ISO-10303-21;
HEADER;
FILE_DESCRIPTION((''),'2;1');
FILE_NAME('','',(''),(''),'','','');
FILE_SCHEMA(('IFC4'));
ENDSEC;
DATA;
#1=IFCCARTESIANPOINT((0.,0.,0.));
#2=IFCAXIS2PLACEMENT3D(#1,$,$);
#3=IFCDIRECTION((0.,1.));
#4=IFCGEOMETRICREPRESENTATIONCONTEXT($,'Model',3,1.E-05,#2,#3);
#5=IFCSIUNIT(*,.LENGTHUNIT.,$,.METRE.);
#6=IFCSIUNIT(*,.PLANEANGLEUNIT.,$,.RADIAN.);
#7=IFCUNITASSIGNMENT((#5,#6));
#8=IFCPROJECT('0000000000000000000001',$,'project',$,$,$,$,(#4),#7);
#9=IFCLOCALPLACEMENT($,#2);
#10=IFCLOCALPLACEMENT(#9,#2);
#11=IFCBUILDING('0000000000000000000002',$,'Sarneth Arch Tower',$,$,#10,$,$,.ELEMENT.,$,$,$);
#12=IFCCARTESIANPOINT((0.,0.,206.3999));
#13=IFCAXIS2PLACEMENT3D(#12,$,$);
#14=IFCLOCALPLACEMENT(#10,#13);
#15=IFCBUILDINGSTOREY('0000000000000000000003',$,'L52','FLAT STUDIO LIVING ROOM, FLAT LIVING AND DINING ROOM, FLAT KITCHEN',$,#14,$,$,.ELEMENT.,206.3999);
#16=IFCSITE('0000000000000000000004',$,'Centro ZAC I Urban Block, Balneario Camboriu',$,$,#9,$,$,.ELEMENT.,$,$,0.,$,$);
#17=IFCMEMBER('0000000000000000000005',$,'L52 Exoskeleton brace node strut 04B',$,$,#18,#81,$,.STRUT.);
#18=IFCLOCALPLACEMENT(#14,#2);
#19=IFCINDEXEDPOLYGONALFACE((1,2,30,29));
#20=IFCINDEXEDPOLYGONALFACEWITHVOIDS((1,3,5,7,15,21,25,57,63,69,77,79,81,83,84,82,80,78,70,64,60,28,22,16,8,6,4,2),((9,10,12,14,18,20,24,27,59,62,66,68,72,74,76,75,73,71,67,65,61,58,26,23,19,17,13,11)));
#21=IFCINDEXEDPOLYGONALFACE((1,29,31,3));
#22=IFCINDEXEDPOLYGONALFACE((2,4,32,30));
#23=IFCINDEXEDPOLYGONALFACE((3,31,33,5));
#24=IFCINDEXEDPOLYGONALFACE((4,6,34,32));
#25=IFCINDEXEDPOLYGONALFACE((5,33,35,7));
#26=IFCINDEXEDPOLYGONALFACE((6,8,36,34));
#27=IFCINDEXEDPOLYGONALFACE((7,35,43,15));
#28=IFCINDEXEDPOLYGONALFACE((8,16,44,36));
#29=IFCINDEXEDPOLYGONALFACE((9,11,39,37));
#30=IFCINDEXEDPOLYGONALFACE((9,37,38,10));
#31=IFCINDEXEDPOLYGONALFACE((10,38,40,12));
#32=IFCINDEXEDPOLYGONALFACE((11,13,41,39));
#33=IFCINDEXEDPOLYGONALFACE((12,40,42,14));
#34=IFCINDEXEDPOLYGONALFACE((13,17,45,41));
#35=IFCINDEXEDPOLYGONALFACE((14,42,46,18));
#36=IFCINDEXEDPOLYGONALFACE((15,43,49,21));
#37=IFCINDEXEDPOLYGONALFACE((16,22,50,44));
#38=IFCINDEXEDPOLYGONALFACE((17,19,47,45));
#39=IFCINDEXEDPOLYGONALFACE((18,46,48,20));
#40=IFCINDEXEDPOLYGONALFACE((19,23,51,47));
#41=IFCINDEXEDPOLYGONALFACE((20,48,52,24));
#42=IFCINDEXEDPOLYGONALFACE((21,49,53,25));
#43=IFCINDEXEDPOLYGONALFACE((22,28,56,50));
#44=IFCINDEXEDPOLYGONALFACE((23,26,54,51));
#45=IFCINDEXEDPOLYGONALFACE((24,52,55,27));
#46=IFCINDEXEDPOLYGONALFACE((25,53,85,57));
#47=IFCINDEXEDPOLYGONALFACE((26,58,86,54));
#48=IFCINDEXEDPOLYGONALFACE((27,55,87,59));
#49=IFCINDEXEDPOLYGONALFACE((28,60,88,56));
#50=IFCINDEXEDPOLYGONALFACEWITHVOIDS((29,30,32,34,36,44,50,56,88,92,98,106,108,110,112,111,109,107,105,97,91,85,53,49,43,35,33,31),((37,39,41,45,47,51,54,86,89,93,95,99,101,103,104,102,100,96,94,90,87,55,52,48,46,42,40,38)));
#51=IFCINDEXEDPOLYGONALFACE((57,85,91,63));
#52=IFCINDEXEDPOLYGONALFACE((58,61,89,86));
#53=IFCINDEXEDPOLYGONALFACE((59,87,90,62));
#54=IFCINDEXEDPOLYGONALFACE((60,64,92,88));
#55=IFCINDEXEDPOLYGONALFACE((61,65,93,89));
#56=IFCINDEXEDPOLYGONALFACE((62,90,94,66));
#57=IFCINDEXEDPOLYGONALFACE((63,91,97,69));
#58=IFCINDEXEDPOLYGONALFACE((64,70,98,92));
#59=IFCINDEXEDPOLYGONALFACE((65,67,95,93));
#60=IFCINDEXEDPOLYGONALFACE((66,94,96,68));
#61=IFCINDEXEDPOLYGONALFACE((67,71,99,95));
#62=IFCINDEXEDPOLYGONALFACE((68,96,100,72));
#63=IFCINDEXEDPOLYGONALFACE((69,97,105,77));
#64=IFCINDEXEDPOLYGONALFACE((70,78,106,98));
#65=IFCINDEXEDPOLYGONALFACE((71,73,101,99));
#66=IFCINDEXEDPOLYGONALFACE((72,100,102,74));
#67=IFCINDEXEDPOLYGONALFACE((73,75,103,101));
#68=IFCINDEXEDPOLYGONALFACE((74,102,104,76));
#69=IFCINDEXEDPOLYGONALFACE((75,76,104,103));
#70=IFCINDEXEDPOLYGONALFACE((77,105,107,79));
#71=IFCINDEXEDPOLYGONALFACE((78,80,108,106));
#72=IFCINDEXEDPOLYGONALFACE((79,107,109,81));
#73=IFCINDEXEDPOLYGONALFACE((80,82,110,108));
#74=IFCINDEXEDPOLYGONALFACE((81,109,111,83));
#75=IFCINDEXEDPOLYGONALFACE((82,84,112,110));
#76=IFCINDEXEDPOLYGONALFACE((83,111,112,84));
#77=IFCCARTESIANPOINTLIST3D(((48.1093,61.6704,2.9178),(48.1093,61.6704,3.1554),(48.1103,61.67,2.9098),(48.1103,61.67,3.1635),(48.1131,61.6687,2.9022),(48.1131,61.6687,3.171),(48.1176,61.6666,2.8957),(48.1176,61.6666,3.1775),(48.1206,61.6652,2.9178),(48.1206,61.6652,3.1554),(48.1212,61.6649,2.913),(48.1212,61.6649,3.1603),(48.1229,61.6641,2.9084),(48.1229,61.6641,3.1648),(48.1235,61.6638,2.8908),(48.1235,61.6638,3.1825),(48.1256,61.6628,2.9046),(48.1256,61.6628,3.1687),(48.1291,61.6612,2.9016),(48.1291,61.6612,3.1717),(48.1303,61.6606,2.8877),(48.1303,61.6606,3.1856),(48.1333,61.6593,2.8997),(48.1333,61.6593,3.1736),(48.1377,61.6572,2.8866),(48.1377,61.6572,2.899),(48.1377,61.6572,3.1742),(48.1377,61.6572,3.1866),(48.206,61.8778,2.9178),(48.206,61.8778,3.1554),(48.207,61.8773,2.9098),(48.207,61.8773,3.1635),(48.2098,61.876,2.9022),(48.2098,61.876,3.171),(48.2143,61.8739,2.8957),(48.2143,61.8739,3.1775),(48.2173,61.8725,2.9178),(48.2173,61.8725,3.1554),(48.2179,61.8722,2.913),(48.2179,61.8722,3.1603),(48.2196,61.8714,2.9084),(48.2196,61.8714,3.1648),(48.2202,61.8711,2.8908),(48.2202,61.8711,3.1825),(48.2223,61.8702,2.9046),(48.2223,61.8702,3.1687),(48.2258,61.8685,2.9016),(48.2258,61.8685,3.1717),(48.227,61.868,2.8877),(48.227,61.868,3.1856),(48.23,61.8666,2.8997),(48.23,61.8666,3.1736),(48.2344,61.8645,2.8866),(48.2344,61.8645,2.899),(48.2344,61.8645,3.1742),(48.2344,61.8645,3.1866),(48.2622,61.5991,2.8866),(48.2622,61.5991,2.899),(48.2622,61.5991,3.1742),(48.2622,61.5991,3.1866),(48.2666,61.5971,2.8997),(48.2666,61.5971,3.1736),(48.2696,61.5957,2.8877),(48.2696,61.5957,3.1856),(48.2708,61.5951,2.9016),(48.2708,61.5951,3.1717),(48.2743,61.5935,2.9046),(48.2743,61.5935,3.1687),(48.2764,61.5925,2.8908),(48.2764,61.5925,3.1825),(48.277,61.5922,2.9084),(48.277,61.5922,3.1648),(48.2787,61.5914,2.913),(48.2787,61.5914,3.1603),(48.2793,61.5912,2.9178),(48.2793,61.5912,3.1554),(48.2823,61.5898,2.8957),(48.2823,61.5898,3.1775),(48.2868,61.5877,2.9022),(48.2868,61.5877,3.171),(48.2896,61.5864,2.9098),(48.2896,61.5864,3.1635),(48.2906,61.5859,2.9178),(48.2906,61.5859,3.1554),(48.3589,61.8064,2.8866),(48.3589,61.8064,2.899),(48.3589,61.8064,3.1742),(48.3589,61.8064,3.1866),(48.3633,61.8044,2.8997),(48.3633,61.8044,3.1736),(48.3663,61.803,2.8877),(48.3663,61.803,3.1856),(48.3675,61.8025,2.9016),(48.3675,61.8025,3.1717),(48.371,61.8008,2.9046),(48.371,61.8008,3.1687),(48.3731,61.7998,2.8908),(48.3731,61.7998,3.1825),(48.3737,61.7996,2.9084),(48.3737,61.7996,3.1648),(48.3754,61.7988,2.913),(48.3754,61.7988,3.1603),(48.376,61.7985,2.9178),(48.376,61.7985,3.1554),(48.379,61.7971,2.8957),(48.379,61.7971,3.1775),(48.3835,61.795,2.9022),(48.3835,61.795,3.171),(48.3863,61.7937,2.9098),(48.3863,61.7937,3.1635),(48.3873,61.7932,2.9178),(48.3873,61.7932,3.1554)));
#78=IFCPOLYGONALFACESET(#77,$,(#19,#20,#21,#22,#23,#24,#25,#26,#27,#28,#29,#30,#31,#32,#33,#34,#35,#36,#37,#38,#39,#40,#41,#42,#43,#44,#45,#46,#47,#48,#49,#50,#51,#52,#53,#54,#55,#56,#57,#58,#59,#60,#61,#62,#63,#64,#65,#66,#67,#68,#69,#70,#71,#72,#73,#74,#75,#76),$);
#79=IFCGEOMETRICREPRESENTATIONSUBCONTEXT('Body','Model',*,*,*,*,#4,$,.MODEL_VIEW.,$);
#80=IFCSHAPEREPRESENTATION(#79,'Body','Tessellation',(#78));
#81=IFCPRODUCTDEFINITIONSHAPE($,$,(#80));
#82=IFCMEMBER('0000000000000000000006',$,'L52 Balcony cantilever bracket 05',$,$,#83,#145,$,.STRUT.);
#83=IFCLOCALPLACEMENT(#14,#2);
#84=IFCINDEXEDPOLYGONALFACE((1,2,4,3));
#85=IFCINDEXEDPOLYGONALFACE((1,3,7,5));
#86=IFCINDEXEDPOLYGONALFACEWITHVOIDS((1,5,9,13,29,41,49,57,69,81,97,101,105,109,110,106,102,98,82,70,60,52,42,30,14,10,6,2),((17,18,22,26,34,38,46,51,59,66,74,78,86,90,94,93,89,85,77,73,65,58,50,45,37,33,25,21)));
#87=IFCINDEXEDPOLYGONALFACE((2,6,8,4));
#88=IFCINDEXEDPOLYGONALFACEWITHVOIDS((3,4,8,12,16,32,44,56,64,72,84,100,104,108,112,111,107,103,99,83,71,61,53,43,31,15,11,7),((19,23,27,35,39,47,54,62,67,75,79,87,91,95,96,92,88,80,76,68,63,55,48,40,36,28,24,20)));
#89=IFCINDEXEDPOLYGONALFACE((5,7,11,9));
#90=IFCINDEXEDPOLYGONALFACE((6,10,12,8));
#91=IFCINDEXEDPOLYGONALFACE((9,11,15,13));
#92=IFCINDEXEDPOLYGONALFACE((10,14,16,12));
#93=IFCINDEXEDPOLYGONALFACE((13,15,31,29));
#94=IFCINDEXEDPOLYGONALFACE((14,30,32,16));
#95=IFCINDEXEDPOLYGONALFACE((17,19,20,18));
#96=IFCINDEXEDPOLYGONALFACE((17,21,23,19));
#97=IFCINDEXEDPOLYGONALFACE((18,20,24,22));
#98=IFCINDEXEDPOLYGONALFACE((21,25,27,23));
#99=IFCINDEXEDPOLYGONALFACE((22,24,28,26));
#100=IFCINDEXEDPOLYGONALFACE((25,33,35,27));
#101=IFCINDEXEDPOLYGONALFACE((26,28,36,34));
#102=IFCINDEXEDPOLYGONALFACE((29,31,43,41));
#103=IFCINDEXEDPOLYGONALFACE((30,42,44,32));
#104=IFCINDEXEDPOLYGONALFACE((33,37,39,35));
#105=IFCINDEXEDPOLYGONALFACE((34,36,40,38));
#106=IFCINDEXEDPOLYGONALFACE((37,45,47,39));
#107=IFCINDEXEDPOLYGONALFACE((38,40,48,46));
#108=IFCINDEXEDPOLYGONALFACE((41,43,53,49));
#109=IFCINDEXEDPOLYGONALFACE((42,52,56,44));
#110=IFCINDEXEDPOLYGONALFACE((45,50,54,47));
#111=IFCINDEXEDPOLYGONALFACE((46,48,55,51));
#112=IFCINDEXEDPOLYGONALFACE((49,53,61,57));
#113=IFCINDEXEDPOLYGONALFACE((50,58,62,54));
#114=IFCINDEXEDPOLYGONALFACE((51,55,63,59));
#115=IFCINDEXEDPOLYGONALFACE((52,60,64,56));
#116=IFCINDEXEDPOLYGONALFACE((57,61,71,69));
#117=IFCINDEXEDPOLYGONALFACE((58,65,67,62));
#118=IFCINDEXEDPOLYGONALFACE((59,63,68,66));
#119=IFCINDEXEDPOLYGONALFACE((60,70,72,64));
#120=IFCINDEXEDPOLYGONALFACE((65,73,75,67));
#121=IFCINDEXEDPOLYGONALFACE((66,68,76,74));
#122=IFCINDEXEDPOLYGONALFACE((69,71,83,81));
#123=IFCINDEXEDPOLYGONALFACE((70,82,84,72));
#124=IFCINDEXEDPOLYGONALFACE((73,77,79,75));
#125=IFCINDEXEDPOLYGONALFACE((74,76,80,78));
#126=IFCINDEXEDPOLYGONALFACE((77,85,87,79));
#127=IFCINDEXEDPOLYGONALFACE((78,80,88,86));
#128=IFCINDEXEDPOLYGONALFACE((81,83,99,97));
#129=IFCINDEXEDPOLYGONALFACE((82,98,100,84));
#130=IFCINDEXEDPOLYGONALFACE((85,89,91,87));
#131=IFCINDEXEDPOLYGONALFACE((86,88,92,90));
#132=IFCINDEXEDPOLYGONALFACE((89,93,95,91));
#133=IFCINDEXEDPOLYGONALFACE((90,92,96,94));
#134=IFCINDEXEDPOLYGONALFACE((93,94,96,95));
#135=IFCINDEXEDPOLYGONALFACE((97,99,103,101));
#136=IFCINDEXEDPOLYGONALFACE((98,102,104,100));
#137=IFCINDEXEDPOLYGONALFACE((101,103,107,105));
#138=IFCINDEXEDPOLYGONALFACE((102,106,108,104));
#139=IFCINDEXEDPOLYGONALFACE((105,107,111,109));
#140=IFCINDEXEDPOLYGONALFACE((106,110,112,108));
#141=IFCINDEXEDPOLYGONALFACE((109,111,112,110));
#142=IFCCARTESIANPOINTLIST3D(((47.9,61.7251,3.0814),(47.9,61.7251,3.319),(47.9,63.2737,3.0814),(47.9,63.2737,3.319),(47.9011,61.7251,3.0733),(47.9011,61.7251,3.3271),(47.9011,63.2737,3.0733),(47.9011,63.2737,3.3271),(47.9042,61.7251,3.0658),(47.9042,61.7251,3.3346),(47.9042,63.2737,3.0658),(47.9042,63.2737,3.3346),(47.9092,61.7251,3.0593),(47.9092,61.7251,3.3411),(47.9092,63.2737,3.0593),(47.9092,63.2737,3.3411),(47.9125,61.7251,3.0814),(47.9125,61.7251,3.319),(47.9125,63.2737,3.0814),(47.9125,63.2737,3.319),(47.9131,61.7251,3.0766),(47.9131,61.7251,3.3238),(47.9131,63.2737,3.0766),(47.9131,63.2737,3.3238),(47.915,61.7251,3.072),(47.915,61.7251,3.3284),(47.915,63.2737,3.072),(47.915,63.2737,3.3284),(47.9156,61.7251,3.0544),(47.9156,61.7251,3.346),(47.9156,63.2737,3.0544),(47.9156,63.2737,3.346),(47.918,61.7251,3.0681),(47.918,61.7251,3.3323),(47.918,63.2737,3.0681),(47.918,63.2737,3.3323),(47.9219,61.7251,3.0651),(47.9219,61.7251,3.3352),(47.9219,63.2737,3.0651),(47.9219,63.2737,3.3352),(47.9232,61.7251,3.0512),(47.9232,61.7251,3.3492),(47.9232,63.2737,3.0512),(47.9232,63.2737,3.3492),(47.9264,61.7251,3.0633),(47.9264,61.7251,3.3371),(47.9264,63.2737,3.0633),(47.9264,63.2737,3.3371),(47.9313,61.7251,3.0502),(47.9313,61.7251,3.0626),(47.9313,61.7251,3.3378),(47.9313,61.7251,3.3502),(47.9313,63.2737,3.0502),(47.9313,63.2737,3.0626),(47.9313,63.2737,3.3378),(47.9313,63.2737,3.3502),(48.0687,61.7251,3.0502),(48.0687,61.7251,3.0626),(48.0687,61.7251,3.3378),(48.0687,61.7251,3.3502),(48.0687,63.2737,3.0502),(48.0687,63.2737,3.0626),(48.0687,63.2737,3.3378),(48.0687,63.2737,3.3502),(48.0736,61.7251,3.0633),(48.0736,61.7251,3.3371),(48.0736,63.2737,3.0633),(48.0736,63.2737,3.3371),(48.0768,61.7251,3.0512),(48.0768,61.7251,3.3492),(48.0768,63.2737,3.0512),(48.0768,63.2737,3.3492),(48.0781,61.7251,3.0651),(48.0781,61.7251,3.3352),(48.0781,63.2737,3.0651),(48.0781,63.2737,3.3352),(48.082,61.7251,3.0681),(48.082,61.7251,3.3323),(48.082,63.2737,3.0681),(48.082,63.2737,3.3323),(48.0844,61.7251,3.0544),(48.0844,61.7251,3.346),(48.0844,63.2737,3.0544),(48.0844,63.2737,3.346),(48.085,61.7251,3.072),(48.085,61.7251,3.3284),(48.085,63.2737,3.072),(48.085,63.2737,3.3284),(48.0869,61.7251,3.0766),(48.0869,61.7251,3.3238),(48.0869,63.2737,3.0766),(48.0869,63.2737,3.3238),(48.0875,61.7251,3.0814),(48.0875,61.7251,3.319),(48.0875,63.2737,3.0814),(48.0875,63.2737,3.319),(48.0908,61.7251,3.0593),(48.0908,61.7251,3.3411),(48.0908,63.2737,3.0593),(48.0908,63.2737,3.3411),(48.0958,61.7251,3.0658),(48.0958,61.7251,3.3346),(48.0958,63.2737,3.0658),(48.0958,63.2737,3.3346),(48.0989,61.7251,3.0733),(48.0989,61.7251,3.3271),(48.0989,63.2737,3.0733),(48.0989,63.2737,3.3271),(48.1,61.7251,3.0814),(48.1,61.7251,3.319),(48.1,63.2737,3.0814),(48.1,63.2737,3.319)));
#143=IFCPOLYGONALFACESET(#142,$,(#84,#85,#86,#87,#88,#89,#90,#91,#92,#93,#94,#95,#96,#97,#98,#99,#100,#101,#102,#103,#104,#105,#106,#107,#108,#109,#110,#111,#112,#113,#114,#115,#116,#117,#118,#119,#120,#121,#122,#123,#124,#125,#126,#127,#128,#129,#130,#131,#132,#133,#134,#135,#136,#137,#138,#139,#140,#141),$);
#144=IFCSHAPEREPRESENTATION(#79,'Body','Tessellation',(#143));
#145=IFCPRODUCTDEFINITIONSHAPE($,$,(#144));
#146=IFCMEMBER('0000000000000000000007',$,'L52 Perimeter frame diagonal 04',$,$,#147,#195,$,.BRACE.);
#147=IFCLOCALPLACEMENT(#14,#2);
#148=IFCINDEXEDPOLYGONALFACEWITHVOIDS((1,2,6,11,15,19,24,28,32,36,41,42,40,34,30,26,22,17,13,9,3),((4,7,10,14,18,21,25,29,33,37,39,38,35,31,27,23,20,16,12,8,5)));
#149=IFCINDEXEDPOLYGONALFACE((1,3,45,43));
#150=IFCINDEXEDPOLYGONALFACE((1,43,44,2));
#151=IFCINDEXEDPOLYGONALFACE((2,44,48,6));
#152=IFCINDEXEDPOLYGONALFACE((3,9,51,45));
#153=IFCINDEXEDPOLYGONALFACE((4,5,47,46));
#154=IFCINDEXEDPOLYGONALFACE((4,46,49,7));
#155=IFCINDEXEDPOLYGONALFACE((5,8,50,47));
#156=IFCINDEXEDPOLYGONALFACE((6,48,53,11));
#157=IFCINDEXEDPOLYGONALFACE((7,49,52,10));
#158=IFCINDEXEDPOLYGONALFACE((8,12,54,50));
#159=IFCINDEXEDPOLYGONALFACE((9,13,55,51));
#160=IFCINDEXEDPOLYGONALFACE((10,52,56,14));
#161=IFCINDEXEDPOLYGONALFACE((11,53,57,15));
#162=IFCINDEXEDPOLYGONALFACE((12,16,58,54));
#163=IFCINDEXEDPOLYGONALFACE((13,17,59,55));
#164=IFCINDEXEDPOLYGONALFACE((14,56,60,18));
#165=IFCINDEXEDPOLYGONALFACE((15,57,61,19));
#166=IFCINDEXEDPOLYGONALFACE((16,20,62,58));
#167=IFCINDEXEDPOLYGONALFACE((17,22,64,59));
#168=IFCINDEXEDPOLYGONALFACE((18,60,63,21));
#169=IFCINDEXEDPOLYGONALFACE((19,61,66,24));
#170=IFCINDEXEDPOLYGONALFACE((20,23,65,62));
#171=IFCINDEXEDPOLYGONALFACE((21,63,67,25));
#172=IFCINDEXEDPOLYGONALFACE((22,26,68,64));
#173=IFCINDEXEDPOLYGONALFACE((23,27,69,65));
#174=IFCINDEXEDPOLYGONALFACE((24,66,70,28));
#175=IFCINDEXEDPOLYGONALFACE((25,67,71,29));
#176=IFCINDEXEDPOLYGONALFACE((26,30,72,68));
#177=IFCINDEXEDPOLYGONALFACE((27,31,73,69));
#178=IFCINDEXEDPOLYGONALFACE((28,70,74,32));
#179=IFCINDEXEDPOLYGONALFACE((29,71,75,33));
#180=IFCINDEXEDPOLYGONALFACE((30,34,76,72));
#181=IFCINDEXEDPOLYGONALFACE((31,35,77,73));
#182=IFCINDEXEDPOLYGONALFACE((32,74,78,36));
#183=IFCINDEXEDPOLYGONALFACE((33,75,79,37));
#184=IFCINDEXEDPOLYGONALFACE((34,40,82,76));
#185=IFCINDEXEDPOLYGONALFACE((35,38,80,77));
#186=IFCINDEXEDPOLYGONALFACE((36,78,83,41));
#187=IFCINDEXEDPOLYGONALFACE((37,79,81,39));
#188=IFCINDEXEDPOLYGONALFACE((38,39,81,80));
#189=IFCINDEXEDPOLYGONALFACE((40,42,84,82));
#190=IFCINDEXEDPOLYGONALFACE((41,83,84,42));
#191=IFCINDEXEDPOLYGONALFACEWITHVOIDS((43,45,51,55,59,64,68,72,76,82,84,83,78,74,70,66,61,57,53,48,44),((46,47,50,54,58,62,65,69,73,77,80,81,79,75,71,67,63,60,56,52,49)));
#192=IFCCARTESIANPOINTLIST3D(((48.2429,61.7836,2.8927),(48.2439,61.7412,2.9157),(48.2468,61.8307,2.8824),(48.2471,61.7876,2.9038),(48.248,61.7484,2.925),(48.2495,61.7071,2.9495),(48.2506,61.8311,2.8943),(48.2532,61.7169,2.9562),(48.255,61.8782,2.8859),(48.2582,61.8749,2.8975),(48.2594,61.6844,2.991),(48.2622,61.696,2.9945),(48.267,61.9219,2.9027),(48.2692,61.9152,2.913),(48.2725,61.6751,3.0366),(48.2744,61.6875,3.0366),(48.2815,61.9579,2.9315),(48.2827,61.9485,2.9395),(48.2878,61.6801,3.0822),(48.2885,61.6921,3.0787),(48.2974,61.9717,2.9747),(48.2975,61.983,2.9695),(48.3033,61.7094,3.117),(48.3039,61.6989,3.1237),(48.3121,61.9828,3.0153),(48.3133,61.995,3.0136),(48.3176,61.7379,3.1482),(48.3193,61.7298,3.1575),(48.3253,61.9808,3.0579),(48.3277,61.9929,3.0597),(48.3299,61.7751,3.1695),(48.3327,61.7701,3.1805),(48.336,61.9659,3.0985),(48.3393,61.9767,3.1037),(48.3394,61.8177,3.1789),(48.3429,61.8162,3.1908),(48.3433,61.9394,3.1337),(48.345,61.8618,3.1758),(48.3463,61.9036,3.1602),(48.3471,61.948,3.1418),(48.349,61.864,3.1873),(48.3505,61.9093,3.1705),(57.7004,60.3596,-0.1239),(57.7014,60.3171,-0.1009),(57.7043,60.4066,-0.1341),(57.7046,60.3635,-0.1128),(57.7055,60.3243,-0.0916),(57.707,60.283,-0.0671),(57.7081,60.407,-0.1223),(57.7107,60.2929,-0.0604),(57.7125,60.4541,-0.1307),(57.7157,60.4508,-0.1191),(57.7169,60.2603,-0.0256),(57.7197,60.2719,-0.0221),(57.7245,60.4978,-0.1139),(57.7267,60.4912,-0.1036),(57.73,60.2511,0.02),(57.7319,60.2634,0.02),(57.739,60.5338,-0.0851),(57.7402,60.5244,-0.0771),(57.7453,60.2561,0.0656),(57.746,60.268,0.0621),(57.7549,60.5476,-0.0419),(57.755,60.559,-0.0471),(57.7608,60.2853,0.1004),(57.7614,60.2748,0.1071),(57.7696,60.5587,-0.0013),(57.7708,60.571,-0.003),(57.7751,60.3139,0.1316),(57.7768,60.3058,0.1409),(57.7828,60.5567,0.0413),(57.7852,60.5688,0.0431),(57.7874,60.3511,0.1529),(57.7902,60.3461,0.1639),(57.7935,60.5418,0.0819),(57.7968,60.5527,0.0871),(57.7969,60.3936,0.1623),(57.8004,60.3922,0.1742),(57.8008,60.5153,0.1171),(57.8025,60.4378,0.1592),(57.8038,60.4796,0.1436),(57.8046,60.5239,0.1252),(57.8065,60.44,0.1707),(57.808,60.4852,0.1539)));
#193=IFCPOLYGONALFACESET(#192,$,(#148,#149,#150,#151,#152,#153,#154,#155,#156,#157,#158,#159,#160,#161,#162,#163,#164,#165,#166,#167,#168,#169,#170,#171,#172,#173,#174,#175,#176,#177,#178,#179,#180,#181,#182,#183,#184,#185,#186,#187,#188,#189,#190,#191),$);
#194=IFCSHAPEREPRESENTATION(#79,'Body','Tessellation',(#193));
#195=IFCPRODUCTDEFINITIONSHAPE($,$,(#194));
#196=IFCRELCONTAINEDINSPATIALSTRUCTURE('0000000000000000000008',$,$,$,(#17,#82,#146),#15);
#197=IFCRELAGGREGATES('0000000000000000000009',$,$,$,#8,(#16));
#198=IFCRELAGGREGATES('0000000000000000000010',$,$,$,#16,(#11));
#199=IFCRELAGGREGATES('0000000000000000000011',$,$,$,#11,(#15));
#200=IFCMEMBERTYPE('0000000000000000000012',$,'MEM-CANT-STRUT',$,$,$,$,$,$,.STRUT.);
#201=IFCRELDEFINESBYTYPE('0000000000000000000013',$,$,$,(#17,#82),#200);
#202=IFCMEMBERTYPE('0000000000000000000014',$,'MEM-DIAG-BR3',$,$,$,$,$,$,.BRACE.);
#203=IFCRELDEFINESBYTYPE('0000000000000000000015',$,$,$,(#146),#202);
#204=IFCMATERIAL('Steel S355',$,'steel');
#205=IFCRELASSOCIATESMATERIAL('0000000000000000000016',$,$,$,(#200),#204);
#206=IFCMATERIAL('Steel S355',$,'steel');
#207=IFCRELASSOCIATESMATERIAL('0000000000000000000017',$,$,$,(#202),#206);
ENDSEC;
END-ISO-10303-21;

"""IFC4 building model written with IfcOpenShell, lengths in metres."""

from ifc_helpers import new_model, si_unit, direction, frame, origin, origin_2d, place, context, subcontext, project, spatial, hollow_rectangle, hollow_circle, extrude, material, material_profile, profile_set, type_object, element, save


model = new_model("IFC4")

# Units and contexts
model_context = context("Model", 3, precision=1e-05, world=origin(), true_north=direction((0.0, 1.0)))
body_context = subcontext(model_context, "Body", "Model", "MODEL_VIEW")
ifc_project = project(units=[si_unit("LENGTHUNIT", "METRE"), si_unit("PLANEANGLEUNIT", "RADIAN")], contexts=[model_context])

# Site, building, storey
site_placement = place(None, origin())
site = spatial("IfcSite", under=ifc_project, at=site_placement, Name="Centro ZAC I Urban Block, Balneario Camboriu", CompositionType="ELEMENT", RefElevation=0.0)
building_placement = place(site_placement, origin())
building = spatial("IfcBuilding", under=site, at=building_placement, Name="Sarneth Arch Tower", CompositionType="ELEMENT")
storey_placement = place(building_placement, frame((0.0, 0.0, 206.3999)))
storey = spatial("IfcBuildingStorey", under=building, at=storey_placement, Name="L52", Description="FLAT STUDIO LIVING ROOM, FLAT LIVING AND DINING ROOM, FLAT KITCHEN", CompositionType="ELEMENT", Elevation=206.3999)

# Members
ifc_material_1 = material(Name="Steel S355", Category="steel")
ifc_material_profile_1 = material_profile(ifc_material_1, hollow_rectangle(XDim=0.2, YDim=0.3, WallThickness=0.0125, InnerFilletRadius=0.0188, OuterFilletRadius=0.0312, at=origin_2d()), Name="RHS300x200x12.5")
ifc_profile_set_1 = profile_set([ifc_material_profile_1], Name="Steel S355")
member_type_1 = type_object("IfcMemberType", Name="MEM-CANT-STRUT", PredefinedType="STRUT", material=ifc_profile_set_1)
member_1_placement = place(storey_placement, frame((48.2, 61.6282, 3.0366), z_axis=(0.42271, 0.906265, 0.0), x_axis=(-0.906265, 0.42271, 0.0)))
element("IfcMember", 1, at=member_1_placement, inside=storey, type_object=member_type_1, Name="L52 Exoskeleton brace node strut 04B", PredefinedType="STRUT", context=body_context, shape_type="SweptSolid", body=[
    extrude(hollow_rectangle(XDim=0.2, YDim=0.3, WallThickness=0.0125, InnerFilletRadius=0.0188, OuterFilletRadius=0.0312, at=origin_2d()), origin(), (0.0, 0.0, 1.0), 0.2288),
])
member_2_placement = place(storey_placement, frame((48.0, 61.7251, 3.2002), z_axis=(0.0, 1.0, 0.0), x_axis=(-1.0, 0.0, 0.0)))
element("IfcMember", 2, at=member_2_placement, inside=storey, type_object=member_type_1, Name="L52 Balcony cantilever bracket 05", PredefinedType="STRUT", context=body_context, shape_type="SweptSolid", body=[
    extrude(hollow_rectangle(XDim=0.2, YDim=0.3, WallThickness=0.0125, InnerFilletRadius=0.0188, OuterFilletRadius=0.0312, at=origin_2d()), origin(), (0.0, 0.0, 1.0), 1.5486),
])
ifc_material_2 = material(Name="Steel S355", Category="steel")
ifc_material_profile_2 = material_profile(ifc_material_2, hollow_circle(Radius=0.1621, WallThickness=0.0125, at=origin_2d()), Name="CHS324x12.5")
ifc_profile_set_2 = profile_set([ifc_material_profile_2], Name="Steel S355")
member_type_2 = type_object("IfcMemberType", Name="MEM-DIAG-BR3", PredefinedType="BRACE", material=ifc_profile_set_2)
member_3_placement = place(storey_placement, frame((57.7542, 60.4114, 0.02), z_axis=(-0.943056, 0.142001, 0.3008), x_axis=(-0.148897, -0.988853, 0.0)))
element("IfcMember", 3, at=member_3_placement, inside=storey, type_object=member_type_2, Name="L52 Perimeter frame diagonal 04", PredefinedType="BRACE", context=body_context, shape_type="SweptSolid", body=[
    extrude(hollow_circle(Radius=0.1621, WallThickness=0.0125, at=origin_2d()), origin(), (0.0, 0.0, 1.0), 10.0286),
])

save(model, "model.ifc")
